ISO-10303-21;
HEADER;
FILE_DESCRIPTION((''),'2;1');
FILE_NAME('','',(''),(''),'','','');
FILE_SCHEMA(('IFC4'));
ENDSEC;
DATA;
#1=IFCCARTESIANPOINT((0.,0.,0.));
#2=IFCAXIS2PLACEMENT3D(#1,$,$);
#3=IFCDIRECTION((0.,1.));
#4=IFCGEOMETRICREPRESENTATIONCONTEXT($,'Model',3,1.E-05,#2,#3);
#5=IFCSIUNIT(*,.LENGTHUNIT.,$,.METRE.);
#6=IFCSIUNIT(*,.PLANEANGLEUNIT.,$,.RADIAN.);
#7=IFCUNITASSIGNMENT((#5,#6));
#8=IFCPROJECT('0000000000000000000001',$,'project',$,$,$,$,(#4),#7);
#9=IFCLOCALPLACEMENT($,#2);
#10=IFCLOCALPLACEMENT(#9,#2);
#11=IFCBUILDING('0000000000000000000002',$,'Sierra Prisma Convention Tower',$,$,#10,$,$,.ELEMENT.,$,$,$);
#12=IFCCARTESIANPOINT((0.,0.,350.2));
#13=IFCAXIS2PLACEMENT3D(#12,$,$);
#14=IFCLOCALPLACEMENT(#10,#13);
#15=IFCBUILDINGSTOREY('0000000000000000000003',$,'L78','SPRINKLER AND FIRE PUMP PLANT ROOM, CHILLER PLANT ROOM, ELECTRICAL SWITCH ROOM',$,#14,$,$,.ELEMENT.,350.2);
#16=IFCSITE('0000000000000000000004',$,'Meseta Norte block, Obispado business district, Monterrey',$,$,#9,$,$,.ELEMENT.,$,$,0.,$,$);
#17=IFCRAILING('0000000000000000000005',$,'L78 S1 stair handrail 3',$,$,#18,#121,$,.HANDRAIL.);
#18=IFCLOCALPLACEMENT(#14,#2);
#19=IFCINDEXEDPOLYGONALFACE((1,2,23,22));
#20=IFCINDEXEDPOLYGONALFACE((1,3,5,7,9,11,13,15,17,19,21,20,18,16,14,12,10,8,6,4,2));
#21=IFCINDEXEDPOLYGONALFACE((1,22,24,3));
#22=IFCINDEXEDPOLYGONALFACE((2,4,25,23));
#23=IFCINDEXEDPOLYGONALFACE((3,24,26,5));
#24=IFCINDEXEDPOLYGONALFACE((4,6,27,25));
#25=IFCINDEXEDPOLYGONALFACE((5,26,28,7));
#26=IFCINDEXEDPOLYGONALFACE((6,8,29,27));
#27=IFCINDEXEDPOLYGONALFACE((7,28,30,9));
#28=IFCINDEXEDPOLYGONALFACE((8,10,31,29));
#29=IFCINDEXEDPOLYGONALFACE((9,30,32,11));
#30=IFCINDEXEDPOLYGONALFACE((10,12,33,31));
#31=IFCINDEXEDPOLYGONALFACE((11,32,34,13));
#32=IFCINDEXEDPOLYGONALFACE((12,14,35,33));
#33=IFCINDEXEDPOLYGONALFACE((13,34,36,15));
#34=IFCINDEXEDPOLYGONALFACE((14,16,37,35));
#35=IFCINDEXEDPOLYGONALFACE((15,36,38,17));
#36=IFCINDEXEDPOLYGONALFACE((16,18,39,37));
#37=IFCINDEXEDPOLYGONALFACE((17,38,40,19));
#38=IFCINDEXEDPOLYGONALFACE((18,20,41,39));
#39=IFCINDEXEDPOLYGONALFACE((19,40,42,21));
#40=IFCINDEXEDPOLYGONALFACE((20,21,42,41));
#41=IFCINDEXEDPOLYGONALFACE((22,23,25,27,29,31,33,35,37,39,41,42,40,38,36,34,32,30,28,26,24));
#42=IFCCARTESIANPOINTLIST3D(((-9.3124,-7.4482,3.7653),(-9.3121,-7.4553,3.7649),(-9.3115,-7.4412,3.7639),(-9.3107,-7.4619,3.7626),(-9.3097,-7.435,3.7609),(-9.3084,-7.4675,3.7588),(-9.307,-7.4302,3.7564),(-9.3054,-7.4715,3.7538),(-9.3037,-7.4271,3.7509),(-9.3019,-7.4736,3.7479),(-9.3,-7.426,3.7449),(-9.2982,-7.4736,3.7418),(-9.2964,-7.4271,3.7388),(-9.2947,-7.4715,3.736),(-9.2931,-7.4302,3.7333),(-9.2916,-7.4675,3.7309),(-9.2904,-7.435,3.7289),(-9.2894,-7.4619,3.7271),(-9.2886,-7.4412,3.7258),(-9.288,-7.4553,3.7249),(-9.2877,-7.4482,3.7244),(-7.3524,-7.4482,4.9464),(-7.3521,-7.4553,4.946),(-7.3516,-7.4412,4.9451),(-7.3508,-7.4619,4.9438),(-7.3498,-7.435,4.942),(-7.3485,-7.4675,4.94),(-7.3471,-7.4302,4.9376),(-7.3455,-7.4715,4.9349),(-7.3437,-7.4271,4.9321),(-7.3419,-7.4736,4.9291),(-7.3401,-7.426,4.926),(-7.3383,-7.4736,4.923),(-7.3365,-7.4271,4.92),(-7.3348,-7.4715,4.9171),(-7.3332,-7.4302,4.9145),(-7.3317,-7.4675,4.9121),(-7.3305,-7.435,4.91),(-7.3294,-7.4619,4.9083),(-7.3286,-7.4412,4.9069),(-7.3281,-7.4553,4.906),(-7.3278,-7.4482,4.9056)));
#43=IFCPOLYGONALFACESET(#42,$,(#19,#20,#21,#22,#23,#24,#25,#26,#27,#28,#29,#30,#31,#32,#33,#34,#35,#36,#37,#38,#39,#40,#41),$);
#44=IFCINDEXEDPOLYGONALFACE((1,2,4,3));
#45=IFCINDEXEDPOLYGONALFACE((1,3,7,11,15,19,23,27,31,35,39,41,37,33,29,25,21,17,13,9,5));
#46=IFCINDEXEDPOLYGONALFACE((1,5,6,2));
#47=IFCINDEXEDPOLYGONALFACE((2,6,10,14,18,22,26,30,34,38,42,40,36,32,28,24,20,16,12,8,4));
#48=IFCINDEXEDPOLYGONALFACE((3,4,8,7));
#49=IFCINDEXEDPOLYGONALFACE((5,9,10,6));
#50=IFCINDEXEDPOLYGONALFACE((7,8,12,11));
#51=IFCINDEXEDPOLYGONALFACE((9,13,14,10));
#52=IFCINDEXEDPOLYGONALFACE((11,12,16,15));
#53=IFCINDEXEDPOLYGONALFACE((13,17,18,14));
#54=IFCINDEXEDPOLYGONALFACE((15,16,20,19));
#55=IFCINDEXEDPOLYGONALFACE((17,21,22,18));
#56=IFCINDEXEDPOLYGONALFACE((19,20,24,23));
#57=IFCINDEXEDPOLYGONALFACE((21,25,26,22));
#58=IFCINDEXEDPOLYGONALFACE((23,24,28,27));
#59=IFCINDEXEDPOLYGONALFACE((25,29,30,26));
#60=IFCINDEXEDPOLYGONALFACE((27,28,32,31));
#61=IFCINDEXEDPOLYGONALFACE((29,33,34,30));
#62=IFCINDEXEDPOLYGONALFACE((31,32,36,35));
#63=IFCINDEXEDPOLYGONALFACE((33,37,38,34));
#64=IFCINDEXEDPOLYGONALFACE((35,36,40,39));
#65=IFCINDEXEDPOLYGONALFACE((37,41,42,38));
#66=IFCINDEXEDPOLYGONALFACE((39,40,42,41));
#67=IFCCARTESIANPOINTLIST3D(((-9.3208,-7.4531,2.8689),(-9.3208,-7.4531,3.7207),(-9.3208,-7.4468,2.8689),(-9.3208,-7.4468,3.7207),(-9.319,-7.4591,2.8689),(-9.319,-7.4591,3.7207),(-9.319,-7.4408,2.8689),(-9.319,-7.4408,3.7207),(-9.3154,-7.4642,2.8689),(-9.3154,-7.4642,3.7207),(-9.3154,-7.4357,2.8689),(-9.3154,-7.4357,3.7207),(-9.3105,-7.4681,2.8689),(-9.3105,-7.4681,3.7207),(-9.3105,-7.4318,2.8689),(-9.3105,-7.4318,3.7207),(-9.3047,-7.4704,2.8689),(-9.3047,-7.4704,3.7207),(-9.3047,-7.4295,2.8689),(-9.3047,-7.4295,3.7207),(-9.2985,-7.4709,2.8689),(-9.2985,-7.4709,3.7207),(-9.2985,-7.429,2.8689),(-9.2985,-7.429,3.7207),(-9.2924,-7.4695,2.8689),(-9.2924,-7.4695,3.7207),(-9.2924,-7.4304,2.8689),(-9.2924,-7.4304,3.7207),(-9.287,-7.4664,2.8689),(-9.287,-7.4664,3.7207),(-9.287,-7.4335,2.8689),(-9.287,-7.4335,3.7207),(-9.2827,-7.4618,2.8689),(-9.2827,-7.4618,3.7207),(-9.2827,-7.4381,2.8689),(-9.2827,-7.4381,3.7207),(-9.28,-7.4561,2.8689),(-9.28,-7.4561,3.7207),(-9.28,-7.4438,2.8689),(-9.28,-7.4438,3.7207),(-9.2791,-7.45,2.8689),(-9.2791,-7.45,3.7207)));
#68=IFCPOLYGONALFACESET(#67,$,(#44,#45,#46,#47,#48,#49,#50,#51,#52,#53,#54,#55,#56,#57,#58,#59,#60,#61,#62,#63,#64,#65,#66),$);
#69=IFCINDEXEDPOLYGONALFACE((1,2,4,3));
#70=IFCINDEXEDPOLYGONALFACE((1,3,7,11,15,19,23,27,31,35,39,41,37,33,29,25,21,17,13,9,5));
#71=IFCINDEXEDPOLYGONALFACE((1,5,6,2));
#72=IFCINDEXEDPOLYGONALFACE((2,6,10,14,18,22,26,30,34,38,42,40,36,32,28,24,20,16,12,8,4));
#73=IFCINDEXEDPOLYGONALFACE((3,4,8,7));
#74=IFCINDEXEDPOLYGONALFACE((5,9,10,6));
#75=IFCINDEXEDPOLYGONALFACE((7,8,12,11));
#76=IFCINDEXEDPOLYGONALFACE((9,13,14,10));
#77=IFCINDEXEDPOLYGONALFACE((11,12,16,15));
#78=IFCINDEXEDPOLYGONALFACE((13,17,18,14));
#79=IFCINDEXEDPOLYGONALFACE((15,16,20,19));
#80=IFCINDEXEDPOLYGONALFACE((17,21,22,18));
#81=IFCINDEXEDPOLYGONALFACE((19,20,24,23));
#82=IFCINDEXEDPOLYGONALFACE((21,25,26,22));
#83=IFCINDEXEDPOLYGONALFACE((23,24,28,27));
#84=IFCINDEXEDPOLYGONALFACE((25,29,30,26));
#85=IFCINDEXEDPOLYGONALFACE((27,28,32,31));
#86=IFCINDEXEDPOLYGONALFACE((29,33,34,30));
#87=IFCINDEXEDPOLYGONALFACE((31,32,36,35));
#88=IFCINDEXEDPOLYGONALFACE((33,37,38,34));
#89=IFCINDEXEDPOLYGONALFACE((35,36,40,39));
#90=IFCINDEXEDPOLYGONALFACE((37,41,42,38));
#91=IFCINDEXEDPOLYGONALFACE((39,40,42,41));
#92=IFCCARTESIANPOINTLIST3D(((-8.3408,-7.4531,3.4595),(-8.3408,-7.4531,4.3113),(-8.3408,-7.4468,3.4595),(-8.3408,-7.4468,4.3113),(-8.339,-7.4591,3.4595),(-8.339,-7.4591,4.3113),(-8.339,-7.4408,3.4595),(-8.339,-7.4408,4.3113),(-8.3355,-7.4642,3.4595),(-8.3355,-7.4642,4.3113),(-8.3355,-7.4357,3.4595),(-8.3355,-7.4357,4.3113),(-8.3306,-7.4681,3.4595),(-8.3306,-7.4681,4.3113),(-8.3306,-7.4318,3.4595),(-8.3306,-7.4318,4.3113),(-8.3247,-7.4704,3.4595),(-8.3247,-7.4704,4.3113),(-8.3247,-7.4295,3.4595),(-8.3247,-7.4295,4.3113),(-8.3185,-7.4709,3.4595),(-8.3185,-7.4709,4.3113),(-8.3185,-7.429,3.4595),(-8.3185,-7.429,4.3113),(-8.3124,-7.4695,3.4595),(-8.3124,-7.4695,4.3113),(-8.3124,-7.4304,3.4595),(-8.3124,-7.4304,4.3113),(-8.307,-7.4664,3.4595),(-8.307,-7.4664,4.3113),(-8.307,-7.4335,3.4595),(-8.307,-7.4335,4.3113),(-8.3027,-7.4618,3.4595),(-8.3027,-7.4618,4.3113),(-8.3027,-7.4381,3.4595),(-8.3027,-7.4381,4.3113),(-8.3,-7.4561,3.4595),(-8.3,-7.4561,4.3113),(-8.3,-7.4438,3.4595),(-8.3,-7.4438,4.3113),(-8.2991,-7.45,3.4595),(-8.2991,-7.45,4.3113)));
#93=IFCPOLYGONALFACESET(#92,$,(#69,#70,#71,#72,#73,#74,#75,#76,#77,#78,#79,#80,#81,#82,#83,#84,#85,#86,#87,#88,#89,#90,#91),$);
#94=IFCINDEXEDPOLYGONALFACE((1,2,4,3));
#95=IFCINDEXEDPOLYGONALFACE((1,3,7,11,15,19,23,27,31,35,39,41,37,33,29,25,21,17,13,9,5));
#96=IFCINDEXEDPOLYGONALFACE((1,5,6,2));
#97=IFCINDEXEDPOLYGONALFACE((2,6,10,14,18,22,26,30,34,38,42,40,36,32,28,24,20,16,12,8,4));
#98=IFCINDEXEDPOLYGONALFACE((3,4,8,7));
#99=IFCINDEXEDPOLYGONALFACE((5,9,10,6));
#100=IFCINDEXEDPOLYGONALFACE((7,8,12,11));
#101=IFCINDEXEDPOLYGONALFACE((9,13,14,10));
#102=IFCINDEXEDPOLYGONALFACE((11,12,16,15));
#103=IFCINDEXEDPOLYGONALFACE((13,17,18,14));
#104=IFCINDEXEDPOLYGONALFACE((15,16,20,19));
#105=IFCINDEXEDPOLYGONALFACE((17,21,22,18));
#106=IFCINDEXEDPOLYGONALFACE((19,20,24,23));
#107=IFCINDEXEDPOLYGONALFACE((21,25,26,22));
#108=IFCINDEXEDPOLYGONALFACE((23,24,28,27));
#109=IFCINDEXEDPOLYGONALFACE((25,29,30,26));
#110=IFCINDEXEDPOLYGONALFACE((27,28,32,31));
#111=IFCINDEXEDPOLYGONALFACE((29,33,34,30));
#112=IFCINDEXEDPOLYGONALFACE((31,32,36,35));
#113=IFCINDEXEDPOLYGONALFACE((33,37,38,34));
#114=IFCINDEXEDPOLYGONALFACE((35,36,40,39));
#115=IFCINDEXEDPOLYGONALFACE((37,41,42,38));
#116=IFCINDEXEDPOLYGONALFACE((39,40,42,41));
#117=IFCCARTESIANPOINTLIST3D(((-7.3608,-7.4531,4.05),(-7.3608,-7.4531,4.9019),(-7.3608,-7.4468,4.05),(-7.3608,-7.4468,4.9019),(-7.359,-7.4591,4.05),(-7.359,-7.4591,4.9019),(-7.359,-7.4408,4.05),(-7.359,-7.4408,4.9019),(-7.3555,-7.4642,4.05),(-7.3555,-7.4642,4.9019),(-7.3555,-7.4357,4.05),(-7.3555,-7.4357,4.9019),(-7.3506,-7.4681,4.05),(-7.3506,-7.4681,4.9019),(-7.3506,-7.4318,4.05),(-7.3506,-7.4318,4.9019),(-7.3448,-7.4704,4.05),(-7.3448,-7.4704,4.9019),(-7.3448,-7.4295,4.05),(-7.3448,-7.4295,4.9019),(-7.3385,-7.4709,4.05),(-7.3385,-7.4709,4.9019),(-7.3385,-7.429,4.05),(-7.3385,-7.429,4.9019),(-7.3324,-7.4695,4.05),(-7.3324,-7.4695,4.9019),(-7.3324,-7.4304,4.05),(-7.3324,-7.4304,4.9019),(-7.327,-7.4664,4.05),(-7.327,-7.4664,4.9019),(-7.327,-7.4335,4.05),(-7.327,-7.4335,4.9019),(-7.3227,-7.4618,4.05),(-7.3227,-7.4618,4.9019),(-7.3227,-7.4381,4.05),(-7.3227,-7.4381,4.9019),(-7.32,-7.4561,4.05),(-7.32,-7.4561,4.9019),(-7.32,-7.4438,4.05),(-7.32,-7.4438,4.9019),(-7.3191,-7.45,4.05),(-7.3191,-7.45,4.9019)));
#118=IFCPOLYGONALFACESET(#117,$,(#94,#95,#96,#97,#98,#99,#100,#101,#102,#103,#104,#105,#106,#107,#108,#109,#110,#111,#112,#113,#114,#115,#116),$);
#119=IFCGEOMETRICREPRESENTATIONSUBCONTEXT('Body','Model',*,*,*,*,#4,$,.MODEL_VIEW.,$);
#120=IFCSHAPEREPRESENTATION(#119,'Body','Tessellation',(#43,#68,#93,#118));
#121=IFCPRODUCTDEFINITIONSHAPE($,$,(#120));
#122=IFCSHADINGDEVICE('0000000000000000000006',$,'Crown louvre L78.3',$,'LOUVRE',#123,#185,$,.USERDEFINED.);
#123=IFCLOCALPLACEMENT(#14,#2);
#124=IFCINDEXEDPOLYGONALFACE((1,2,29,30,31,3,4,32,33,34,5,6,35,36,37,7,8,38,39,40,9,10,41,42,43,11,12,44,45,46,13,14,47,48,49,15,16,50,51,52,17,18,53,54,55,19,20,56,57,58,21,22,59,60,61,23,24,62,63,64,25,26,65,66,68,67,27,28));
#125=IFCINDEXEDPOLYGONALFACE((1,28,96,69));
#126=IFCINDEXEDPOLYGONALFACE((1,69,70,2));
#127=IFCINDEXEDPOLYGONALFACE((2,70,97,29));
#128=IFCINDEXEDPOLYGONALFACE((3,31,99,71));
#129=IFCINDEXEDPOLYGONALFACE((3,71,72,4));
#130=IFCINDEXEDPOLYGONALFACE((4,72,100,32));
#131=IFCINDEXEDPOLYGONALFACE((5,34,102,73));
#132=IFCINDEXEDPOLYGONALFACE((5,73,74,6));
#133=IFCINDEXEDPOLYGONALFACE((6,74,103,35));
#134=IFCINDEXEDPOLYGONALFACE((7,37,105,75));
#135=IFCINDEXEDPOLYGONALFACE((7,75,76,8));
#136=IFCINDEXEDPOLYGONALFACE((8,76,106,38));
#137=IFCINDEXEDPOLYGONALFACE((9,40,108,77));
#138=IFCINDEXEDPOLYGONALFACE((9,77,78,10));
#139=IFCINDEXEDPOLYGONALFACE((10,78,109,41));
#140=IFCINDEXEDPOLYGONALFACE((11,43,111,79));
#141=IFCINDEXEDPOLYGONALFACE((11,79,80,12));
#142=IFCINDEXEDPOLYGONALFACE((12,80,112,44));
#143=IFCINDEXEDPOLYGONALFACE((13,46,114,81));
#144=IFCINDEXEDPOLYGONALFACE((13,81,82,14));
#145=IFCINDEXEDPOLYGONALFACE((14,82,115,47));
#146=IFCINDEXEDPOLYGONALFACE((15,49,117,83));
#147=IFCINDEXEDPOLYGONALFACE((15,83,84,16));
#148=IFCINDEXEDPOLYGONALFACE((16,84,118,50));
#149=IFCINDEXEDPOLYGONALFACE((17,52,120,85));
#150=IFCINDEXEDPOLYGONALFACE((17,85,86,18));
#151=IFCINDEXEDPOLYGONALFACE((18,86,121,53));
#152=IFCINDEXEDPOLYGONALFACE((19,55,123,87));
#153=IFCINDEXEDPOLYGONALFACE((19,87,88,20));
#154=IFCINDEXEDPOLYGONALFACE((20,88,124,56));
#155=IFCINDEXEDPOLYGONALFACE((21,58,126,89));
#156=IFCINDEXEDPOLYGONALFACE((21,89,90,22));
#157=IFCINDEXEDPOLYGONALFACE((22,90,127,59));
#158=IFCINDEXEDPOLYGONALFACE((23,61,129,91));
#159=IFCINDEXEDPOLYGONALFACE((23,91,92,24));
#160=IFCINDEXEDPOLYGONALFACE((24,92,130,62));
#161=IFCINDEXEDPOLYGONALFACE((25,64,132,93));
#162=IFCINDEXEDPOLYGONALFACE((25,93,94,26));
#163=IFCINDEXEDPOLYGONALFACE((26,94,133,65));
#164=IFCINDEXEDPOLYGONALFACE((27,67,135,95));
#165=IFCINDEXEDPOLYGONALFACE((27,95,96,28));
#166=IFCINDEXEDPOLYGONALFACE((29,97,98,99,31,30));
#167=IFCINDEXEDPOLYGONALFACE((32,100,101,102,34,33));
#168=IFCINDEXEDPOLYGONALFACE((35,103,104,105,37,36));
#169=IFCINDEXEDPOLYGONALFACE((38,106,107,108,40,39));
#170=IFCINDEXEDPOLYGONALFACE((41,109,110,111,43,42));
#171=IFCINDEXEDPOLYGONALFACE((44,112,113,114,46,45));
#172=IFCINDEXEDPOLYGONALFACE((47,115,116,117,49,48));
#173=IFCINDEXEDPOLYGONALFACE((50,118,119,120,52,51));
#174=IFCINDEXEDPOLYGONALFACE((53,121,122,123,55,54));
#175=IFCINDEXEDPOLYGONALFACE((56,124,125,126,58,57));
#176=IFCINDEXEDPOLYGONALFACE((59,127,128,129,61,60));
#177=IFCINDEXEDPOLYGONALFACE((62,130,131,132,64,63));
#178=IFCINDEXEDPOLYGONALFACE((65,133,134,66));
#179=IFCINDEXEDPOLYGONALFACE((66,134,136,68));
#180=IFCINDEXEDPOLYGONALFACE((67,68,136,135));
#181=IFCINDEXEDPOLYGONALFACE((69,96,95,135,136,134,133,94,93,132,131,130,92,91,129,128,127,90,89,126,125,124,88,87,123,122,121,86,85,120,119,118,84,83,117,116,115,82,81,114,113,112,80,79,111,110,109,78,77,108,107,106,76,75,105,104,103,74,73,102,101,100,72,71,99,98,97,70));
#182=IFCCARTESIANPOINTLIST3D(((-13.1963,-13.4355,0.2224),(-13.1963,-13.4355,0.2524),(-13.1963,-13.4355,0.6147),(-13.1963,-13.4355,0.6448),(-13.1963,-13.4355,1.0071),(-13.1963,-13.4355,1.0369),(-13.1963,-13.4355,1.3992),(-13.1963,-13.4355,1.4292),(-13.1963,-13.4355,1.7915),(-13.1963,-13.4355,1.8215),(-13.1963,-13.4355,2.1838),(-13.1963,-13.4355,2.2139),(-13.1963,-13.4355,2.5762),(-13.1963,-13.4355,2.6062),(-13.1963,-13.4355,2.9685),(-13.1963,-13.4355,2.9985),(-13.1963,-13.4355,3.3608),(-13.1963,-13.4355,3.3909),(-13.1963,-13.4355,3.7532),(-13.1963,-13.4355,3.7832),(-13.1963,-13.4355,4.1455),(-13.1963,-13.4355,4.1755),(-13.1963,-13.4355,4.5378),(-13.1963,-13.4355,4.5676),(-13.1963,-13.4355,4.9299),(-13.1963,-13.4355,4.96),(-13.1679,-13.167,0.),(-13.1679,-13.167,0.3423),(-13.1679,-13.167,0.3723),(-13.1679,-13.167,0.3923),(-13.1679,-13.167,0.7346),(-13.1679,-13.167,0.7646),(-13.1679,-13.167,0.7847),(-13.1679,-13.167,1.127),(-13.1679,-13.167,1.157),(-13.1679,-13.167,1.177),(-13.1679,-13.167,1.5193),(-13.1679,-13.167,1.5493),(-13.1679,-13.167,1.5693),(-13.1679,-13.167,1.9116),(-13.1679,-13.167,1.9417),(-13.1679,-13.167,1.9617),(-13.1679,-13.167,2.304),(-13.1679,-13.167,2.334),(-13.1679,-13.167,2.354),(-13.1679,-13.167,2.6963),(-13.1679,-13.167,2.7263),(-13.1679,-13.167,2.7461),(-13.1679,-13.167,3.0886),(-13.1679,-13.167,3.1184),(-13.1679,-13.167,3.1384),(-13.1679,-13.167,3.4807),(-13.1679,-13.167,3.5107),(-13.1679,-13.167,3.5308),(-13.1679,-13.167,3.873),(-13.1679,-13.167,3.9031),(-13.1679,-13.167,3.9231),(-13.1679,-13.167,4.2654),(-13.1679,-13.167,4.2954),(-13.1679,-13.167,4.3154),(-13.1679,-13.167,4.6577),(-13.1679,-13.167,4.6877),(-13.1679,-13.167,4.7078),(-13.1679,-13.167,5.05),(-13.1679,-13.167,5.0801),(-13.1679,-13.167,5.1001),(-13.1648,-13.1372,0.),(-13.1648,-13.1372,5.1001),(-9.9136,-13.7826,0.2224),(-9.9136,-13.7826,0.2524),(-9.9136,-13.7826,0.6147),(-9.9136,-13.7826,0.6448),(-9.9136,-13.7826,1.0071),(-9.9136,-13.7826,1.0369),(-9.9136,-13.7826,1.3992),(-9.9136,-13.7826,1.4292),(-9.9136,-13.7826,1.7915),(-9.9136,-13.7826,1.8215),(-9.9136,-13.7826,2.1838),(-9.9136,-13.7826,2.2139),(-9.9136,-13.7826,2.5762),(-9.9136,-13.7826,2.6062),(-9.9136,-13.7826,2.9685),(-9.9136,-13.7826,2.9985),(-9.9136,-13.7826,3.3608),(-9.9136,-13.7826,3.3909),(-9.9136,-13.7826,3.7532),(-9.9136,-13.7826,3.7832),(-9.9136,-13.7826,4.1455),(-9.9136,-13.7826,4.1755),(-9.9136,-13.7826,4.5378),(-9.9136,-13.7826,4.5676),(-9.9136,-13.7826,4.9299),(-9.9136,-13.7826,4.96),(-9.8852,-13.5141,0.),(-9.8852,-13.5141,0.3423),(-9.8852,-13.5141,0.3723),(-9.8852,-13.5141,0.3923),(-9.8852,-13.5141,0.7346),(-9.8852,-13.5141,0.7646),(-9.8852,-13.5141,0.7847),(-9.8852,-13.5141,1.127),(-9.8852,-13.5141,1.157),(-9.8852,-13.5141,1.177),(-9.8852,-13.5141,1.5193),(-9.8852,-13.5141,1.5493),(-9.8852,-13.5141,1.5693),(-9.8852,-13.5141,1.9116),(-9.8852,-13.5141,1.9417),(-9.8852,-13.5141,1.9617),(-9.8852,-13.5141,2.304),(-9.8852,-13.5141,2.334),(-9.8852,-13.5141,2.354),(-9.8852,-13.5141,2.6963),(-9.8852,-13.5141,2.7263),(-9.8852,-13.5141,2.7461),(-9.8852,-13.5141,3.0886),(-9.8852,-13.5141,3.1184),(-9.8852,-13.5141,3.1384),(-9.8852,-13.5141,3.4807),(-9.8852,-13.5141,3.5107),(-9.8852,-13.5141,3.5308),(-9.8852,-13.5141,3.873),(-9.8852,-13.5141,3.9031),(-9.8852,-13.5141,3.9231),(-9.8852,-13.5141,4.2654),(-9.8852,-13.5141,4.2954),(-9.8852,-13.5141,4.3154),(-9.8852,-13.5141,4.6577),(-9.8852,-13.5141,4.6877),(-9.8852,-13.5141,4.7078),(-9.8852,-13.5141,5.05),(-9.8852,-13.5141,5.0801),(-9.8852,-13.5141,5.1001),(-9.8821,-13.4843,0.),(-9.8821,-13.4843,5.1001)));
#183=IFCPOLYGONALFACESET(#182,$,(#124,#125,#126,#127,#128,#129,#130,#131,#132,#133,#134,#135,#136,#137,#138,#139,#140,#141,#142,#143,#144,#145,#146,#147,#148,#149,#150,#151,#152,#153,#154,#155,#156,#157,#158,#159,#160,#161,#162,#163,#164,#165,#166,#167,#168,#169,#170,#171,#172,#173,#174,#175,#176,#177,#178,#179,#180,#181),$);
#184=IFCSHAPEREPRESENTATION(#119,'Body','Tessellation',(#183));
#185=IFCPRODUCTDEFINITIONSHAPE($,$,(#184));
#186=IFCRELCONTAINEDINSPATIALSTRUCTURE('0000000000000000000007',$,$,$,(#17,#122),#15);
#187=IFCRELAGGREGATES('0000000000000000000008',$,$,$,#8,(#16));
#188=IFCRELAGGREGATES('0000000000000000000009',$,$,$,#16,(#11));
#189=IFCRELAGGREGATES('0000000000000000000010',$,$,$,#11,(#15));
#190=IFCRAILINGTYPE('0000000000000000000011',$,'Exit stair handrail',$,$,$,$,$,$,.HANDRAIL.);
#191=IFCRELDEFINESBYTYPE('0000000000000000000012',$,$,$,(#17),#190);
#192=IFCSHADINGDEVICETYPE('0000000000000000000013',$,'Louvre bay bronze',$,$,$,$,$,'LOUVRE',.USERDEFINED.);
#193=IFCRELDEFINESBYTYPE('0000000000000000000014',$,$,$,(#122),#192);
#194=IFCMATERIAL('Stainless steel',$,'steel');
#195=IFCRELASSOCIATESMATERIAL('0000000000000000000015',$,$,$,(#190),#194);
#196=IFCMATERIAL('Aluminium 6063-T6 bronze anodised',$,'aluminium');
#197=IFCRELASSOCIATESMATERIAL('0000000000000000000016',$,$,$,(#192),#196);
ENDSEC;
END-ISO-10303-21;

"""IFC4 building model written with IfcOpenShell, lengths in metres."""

from ifc_helpers import new_model, si_unit, direction, frame, origin, origin_2d, place, context, subcontext, project, spatial, polyline, circle, outline, extrude, material, type_object, element, save


model = new_model("IFC4")

# Units and contexts
model_context = context("Model", 3, precision=1e-05, world=origin(), true_north=direction((0.0, 1.0)))
body_context = subcontext(model_context, "Body", "Model", "MODEL_VIEW")
ifc_project = project(units=[si_unit("LENGTHUNIT", "METRE"), si_unit("PLANEANGLEUNIT", "RADIAN")], contexts=[model_context])

# Site, building, storey
site_placement = place(None, origin())
site = spatial("IfcSite", under=ifc_project, at=site_placement, Name="Meseta Norte block, Obispado business district, Monterrey", CompositionType="ELEMENT", RefElevation=0.0)
building_placement = place(site_placement, origin())
building = spatial("IfcBuilding", under=site, at=building_placement, Name="Sierra Prisma Convention Tower", CompositionType="ELEMENT")
storey_placement = place(building_placement, frame((0.0, 0.0, 350.2)))
storey = spatial("IfcBuildingStorey", under=building, at=storey_placement, Name="L78", Description="SPRINKLER AND FIRE PUMP PLANT ROOM, CHILLER PLANT ROOM, ELECTRICAL SWITCH ROOM", CompositionType="ELEMENT", Elevation=350.2)

# Railing
ifc_material_1 = material(Name="Stainless steel", Category="steel")
railing_type = type_object("IfcRailingType", Name="Exit stair handrail", PredefinedType="HANDRAIL", material=ifc_material_1)
railing_1_placement = place(storey_placement, frame((-9.3, -7.45, 2.8689)))
element("IfcRailing", 1, at=railing_1_placement, inside=storey, type_object=railing_type, Name="L78 S1 stair handrail 3", PredefinedType="HANDRAIL", context=body_context, shape_type="SweptSolid", body=[
    extrude(circle(Radius=0.0239, at=origin_2d()), frame((0.0, 0.0, 0.876), z_axis=(0.856493, 0.0, 0.516158), x_axis=(0.0, 1.0, 0.0)), (0.0, 0.0, 1.0), 2.2883),
    extrude(circle(Radius=0.021, at=origin_2d()), origin(), (0.0, 0.0, 1.0), 0.8518),
    extrude(circle(Radius=0.021, at=origin_2d()), frame((0.98, 0.0, 0.5906)), (0.0, 0.0, 1.0), 0.8518),
    extrude(circle(Radius=0.021, at=origin_2d()), frame((1.96, 0.0, 1.1812)), (0.0, 0.0, 1.0), 0.8518),
])

# Shading device
ifc_material_2 = material(Name="Aluminium 6063-T6 bronze anodised", Category="aluminium")
shading_device_type = type_object("IfcShadingDeviceType", Name="Louvre bay bronze", ElementType="LOUVRE", PredefinedType="USERDEFINED", material=ifc_material_2)
shading_device_1_placement = place(storey_placement, frame((-13.1648, -13.1372, 0.0), z_axis=(-0.994456, 0.10515, 0.0), x_axis=(0.0, 0.0, 1.0)))
element("IfcShadingDevice", 2, at=shading_device_1_placement, inside=storey, type_object=shading_device_type, Name="Crown louvre L78.3", ObjectType="LOUVRE", PredefinedType="USERDEFINED", context=body_context, shape_type="SweptSolid", body=[
    extrude(outline(polyline([(0.0, 0.0), (5.1001, 0.0), (5.1001, -0.03), (5.0801, -0.03), (4.96, -0.3), (4.9299, -0.3), (5.05, -0.03), (4.7078, -0.03), (4.6877, -0.03), (4.5676, -0.3), (4.5378, -0.3), (4.6577, -0.03), (4.3154, -0.03), (4.2954, -0.03), (4.1755, -0.3), (4.1455, -0.3), (4.2654, -0.03), (3.9231, -0.03), (3.9031, -0.03), (3.7832, -0.3), (3.7532, -0.3), (3.873, -0.03), (3.5308, -0.03), (3.5107, -0.03), (3.3909, -0.3), (3.3608, -0.3), (3.4807, -0.03), (3.1384, -0.03), (3.1184, -0.03), (2.9985, -0.3), (2.9685, -0.3), (3.0886, -0.03), (2.7461, -0.03), (2.7263, -0.03), (2.6062, -0.3), (2.5762, -0.3), (2.6963, -0.03), (2.354, -0.03), (2.334, -0.03), (2.2139, -0.3), (2.1838, -0.3), (2.304, -0.03), (1.9617, -0.03), (1.9417, -0.03), (1.8215, -0.3), (1.7915, -0.3), (1.9116, -0.03), (1.5693, -0.03), (1.5493, -0.03), (1.4292, -0.3), (1.3992, -0.3), (1.5193, -0.03), (1.177, -0.03), (1.157, -0.03), (1.0369, -0.3), (1.0071, -0.3), (1.127, -0.03), (0.7847, -0.03), (0.7646, -0.03), (0.6448, -0.3), (0.6147, -0.3), (0.7346, -0.03), (0.3923, -0.03), (0.3723, -0.03), (0.2524, -0.3), (0.2224, -0.3), (0.3423, -0.03), (0.0, -0.03), (0.0, 0.0)])), origin(), (0.0, 0.0, -1.0), 3.301),
])

save(model, "model.ifc")
